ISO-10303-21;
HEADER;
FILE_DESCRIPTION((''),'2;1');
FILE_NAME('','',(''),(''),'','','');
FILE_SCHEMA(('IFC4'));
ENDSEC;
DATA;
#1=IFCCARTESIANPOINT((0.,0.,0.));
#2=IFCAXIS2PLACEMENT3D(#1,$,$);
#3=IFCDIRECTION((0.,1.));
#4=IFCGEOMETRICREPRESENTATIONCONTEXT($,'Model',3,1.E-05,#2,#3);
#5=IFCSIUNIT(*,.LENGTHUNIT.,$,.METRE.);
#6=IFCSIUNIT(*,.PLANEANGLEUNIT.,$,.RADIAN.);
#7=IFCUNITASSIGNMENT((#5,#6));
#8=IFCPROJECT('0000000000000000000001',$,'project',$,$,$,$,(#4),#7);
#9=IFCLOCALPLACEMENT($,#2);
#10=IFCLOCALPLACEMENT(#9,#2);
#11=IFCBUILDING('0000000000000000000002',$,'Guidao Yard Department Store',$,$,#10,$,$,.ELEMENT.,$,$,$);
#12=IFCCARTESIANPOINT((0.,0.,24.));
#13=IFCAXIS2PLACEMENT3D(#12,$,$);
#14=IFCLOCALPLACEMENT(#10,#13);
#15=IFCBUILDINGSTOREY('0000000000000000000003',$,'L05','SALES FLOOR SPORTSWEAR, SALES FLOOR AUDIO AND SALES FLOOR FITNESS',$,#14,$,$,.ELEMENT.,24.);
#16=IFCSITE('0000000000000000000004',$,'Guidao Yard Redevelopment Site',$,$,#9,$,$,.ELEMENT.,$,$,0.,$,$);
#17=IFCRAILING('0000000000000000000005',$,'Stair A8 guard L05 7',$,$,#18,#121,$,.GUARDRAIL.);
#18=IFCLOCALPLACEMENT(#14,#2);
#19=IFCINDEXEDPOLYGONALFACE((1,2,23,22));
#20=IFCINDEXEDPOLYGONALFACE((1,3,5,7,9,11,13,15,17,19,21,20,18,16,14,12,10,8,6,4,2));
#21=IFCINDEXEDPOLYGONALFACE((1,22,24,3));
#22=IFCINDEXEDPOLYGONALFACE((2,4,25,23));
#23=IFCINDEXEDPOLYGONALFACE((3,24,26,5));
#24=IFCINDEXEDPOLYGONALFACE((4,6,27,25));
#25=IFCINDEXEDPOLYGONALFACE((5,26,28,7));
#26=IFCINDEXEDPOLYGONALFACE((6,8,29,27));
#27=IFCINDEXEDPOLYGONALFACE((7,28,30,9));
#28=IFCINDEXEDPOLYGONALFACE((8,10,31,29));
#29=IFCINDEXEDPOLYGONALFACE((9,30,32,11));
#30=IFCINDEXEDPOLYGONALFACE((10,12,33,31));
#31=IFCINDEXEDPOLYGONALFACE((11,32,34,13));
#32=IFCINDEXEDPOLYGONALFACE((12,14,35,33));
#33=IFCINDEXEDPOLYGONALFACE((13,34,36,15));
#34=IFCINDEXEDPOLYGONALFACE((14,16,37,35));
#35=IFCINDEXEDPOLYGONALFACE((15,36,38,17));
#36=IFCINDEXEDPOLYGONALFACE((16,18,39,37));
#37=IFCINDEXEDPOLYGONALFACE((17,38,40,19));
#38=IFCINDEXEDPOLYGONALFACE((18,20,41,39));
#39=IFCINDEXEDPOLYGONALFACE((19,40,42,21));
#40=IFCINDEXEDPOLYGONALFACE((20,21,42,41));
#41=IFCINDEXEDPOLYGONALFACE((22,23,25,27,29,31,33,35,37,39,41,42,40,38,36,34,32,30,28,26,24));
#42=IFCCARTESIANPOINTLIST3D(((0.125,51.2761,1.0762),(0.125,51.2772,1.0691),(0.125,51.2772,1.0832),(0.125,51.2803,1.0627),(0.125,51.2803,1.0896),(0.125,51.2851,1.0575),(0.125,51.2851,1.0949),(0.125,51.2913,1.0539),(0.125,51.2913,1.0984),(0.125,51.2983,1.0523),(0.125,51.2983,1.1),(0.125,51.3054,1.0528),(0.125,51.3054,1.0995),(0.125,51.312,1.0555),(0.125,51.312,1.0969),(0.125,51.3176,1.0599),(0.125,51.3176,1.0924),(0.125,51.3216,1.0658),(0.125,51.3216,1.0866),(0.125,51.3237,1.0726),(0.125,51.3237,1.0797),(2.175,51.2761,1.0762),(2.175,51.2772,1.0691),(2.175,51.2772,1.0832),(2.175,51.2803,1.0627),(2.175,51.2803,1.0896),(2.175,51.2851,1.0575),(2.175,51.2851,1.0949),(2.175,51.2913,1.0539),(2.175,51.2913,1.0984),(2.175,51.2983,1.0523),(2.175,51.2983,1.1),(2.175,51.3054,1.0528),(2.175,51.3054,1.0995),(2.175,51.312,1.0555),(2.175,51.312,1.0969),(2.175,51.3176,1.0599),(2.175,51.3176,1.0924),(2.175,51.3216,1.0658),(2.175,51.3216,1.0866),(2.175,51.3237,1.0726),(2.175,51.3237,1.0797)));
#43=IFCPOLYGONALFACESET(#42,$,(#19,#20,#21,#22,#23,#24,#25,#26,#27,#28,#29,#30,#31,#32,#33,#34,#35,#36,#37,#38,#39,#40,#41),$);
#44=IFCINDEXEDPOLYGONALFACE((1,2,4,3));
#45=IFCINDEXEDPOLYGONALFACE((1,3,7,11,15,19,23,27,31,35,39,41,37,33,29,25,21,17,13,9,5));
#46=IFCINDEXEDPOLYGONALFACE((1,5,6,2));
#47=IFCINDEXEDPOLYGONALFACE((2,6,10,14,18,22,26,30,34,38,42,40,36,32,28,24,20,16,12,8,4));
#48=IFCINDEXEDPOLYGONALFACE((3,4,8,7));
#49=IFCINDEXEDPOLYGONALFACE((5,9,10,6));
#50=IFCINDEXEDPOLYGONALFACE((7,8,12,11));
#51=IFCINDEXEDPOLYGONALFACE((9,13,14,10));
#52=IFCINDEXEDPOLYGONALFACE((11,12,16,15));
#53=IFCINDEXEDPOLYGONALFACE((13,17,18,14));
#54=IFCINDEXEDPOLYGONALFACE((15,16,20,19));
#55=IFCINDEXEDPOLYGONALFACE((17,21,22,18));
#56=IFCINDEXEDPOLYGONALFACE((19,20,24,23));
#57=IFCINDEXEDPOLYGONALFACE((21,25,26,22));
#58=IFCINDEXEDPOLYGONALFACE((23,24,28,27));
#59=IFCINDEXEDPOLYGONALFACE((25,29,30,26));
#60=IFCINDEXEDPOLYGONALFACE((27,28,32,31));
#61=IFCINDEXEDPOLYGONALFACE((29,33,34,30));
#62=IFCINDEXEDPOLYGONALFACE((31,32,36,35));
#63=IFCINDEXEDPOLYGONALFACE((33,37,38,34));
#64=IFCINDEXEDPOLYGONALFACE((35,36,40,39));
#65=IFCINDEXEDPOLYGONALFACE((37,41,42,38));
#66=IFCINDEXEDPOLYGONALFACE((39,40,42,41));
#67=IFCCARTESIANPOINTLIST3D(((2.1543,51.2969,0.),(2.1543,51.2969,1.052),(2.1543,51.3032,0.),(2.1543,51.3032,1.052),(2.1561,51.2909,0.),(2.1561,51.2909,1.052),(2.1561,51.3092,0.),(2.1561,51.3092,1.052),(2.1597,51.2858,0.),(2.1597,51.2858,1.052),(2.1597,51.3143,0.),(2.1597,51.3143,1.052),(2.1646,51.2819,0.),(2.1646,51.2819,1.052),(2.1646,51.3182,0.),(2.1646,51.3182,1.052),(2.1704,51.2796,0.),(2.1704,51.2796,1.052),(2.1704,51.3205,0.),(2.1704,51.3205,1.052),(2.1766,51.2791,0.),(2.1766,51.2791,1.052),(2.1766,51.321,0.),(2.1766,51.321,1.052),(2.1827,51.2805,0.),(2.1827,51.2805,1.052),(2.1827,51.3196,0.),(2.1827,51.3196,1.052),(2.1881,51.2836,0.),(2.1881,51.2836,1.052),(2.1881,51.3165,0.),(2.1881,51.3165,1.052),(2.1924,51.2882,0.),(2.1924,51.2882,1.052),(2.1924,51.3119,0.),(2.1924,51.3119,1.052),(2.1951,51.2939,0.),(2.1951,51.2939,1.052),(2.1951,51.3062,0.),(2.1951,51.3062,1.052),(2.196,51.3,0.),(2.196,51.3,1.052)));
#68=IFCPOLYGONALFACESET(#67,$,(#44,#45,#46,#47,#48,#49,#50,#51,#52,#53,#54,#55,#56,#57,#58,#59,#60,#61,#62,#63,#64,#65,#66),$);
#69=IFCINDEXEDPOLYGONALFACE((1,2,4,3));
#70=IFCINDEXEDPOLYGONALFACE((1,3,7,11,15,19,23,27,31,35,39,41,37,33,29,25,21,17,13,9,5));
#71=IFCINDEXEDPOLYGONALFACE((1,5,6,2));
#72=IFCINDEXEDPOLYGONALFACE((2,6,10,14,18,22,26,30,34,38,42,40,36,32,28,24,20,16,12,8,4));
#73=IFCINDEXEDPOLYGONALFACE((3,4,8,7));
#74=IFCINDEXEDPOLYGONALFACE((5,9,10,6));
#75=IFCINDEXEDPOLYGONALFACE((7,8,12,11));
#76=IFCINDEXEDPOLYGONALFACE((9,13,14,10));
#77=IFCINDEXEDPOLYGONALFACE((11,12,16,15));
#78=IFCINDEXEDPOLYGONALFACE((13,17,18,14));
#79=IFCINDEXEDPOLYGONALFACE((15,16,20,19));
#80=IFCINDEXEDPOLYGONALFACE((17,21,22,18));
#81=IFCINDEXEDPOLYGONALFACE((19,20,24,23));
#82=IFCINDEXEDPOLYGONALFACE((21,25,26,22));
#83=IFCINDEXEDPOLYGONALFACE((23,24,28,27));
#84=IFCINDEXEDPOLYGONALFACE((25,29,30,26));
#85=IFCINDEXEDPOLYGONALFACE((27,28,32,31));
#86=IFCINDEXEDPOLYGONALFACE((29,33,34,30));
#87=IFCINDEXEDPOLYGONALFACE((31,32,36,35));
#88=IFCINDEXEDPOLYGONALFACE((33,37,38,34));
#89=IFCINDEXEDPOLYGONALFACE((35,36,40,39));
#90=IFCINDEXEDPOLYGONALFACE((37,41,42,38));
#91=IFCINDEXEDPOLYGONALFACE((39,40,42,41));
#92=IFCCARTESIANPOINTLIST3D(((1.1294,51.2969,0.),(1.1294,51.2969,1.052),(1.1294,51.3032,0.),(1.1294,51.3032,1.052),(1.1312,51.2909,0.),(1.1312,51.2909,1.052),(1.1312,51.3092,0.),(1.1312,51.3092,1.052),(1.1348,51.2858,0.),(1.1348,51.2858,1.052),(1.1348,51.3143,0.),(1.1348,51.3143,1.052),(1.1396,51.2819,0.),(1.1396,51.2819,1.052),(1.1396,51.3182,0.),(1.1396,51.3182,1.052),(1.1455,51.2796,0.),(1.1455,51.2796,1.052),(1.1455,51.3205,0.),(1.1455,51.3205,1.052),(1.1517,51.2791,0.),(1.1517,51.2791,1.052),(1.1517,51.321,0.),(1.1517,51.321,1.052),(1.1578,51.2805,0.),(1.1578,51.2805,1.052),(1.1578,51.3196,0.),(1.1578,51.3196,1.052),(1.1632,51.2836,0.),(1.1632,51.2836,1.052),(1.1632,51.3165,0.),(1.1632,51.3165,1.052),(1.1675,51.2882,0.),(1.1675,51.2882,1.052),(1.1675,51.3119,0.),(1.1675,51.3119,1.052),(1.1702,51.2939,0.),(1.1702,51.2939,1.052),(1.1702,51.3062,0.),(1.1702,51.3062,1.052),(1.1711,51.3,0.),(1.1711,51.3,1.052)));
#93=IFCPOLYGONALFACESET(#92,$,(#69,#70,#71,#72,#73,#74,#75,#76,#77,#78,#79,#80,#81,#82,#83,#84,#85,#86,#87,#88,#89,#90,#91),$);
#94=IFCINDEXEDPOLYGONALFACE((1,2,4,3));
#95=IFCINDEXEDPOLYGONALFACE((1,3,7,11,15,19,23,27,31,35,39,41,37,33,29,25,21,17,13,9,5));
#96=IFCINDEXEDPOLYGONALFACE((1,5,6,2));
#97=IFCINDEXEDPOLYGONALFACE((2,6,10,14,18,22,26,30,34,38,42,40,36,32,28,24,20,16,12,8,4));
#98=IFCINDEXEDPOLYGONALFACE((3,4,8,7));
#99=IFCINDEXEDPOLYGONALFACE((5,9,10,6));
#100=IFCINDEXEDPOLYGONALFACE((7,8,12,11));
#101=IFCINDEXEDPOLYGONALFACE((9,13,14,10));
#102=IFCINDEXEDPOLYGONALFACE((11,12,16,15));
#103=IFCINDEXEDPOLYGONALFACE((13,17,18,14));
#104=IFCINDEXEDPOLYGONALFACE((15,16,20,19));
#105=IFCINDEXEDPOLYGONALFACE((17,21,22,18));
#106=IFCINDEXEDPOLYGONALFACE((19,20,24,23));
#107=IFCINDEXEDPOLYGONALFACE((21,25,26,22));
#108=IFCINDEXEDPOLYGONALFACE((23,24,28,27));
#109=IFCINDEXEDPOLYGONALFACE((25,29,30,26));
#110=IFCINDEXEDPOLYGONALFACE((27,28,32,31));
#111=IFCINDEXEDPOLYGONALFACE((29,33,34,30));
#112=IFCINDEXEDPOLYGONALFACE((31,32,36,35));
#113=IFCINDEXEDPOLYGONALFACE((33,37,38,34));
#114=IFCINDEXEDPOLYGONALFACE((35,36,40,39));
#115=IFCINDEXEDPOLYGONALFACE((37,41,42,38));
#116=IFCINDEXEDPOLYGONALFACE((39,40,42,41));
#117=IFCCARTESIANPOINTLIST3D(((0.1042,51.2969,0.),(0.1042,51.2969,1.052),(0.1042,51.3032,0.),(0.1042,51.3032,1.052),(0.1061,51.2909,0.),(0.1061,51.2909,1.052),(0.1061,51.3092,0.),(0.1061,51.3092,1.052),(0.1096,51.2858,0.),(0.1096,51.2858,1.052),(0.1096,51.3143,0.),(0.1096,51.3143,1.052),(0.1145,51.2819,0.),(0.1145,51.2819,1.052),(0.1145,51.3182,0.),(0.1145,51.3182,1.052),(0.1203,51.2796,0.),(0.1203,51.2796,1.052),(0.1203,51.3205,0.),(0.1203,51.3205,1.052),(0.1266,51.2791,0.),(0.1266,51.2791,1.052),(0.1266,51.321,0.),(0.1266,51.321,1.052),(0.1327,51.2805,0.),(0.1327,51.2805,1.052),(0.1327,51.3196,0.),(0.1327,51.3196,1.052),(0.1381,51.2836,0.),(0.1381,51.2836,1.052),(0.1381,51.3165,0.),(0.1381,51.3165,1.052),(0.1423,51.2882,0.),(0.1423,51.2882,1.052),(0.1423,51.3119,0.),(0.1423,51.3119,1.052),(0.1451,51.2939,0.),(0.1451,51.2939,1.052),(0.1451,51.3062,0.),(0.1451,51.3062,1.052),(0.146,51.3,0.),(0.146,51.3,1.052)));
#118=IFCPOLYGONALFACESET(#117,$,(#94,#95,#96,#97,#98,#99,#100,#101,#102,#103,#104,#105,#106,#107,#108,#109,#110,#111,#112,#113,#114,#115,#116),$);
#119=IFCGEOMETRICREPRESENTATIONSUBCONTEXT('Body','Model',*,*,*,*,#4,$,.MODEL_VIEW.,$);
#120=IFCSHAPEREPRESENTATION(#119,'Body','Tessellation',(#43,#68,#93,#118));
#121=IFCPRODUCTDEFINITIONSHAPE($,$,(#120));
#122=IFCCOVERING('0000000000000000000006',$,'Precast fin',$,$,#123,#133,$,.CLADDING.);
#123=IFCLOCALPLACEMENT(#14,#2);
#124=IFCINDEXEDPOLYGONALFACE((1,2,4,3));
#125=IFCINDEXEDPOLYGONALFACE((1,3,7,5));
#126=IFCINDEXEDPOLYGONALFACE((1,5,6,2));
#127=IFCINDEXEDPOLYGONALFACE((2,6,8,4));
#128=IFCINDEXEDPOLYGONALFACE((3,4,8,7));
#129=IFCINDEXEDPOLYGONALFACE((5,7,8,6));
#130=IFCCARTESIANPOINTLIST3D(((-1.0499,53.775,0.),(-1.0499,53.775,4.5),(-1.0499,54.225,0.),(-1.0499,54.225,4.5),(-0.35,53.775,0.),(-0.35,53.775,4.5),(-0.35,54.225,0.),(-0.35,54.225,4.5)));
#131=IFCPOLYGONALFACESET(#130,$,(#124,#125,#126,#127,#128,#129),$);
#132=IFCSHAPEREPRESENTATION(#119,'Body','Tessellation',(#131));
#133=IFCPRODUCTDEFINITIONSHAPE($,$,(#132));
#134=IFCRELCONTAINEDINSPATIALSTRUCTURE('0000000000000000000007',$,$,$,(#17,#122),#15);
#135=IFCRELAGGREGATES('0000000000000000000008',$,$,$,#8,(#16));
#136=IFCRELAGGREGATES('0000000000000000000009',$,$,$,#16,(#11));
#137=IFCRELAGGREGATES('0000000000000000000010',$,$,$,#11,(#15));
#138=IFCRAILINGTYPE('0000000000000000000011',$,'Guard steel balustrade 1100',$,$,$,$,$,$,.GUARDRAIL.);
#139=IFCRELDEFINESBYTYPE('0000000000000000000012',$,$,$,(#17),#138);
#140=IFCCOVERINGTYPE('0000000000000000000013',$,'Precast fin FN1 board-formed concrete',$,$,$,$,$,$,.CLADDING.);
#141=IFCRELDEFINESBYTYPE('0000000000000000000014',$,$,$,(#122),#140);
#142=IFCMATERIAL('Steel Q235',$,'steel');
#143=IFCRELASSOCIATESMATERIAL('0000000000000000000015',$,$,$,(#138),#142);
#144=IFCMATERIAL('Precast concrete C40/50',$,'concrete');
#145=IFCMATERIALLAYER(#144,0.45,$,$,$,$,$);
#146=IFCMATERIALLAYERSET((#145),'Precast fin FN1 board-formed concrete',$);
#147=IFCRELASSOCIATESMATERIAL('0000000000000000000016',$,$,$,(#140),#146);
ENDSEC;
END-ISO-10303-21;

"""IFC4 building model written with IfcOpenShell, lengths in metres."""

from ifc_helpers import new_model, si_unit, direction, frame, origin, origin_2d, place, context, subcontext, project, spatial, rectangle, circle, extrude, material, layer, layer_set, type_object, element, save


model = new_model("IFC4")

# Units and contexts
model_context = context("Model", 3, precision=1e-05, world=origin(), true_north=direction((0.0, 1.0)))
body_context = subcontext(model_context, "Body", "Model", "MODEL_VIEW")
ifc_project = project(units=[si_unit("LENGTHUNIT", "METRE"), si_unit("PLANEANGLEUNIT", "RADIAN")], contexts=[model_context])

# Site, building, storey
site_placement = place(None, origin())
site = spatial("IfcSite", under=ifc_project, at=site_placement, Name="Guidao Yard Redevelopment Site", CompositionType="ELEMENT", RefElevation=0.0)
building_placement = place(site_placement, origin())
building = spatial("IfcBuilding", under=site, at=building_placement, Name="Guidao Yard Department Store", CompositionType="ELEMENT")
storey_placement = place(building_placement, frame((0.0, 0.0, 24.0)))
storey = spatial("IfcBuildingStorey", under=building, at=storey_placement, Name="L05", Description="SALES FLOOR SPORTSWEAR, SALES FLOOR AUDIO AND SALES FLOOR FITNESS", CompositionType="ELEMENT", Elevation=24.0)

# Railing
ifc_material_1 = material(Name="Steel Q235", Category="steel")
railing_type = type_object("IfcRailingType", Name="Guard steel balustrade 1100", PredefinedType="GUARDRAIL", material=ifc_material_1)
railing_placement = place(storey_placement, frame((2.175, 51.3, 0.0)))
element("IfcRailing", 1, at=railing_placement, inside=storey, type_object=railing_type, Name="Stair A8 guard L05 7", PredefinedType="GUARDRAIL", context=body_context, shape_type="SweptSolid", body=[
    extrude(circle(Radius=0.0239, at=origin_2d()), frame((0.0, 0.0, 1.0762), z_axis=(-1.0, 0.0, 0.0), x_axis=(0.0, -1.0, 0.0)), (0.0, 0.0, 1.0), 2.05),
    extrude(circle(Radius=0.021, at=origin_2d()), origin(), (0.0, 0.0, 1.0), 1.052),
    extrude(circle(Radius=0.021, at=origin_2d()), frame((-1.0249, 0.0, 0.0)), (0.0, 0.0, 1.0), 1.052),
    extrude(circle(Radius=0.021, at=origin_2d()), frame((-2.05, 0.0, 0.0)), (0.0, 0.0, 1.0), 1.052),
])

# Covering
ifc_material_2 = material(Name="Precast concrete C40/50", Category="concrete")
ifc_layer_1 = layer(ifc_material_2, 0.45)
ifc_layer_set_1 = layer_set([ifc_layer_1], Name="Precast fin FN1 board-formed concrete")
covering_type = type_object("IfcCoveringType", Name="Precast fin FN1 board-formed concrete", PredefinedType="CLADDING", material=ifc_layer_set_1)
covering_placement = place(storey_placement, frame((-0.7, 54.0, 0.0), z_axis=(0.0, 0.0, 1.0), x_axis=(0.0, 1.0, 0.0)))
element("IfcCovering", 2, at=covering_placement, inside=storey, type_object=covering_type, Name="Precast fin", PredefinedType="CLADDING", context=body_context, shape_type="SweptSolid", body=[
    extrude(rectangle(XDim=0.45, YDim=0.7, at=origin_2d()), origin(), (0.0, 0.0, 1.0), 4.5),
])

save(model, "model.ifc")
